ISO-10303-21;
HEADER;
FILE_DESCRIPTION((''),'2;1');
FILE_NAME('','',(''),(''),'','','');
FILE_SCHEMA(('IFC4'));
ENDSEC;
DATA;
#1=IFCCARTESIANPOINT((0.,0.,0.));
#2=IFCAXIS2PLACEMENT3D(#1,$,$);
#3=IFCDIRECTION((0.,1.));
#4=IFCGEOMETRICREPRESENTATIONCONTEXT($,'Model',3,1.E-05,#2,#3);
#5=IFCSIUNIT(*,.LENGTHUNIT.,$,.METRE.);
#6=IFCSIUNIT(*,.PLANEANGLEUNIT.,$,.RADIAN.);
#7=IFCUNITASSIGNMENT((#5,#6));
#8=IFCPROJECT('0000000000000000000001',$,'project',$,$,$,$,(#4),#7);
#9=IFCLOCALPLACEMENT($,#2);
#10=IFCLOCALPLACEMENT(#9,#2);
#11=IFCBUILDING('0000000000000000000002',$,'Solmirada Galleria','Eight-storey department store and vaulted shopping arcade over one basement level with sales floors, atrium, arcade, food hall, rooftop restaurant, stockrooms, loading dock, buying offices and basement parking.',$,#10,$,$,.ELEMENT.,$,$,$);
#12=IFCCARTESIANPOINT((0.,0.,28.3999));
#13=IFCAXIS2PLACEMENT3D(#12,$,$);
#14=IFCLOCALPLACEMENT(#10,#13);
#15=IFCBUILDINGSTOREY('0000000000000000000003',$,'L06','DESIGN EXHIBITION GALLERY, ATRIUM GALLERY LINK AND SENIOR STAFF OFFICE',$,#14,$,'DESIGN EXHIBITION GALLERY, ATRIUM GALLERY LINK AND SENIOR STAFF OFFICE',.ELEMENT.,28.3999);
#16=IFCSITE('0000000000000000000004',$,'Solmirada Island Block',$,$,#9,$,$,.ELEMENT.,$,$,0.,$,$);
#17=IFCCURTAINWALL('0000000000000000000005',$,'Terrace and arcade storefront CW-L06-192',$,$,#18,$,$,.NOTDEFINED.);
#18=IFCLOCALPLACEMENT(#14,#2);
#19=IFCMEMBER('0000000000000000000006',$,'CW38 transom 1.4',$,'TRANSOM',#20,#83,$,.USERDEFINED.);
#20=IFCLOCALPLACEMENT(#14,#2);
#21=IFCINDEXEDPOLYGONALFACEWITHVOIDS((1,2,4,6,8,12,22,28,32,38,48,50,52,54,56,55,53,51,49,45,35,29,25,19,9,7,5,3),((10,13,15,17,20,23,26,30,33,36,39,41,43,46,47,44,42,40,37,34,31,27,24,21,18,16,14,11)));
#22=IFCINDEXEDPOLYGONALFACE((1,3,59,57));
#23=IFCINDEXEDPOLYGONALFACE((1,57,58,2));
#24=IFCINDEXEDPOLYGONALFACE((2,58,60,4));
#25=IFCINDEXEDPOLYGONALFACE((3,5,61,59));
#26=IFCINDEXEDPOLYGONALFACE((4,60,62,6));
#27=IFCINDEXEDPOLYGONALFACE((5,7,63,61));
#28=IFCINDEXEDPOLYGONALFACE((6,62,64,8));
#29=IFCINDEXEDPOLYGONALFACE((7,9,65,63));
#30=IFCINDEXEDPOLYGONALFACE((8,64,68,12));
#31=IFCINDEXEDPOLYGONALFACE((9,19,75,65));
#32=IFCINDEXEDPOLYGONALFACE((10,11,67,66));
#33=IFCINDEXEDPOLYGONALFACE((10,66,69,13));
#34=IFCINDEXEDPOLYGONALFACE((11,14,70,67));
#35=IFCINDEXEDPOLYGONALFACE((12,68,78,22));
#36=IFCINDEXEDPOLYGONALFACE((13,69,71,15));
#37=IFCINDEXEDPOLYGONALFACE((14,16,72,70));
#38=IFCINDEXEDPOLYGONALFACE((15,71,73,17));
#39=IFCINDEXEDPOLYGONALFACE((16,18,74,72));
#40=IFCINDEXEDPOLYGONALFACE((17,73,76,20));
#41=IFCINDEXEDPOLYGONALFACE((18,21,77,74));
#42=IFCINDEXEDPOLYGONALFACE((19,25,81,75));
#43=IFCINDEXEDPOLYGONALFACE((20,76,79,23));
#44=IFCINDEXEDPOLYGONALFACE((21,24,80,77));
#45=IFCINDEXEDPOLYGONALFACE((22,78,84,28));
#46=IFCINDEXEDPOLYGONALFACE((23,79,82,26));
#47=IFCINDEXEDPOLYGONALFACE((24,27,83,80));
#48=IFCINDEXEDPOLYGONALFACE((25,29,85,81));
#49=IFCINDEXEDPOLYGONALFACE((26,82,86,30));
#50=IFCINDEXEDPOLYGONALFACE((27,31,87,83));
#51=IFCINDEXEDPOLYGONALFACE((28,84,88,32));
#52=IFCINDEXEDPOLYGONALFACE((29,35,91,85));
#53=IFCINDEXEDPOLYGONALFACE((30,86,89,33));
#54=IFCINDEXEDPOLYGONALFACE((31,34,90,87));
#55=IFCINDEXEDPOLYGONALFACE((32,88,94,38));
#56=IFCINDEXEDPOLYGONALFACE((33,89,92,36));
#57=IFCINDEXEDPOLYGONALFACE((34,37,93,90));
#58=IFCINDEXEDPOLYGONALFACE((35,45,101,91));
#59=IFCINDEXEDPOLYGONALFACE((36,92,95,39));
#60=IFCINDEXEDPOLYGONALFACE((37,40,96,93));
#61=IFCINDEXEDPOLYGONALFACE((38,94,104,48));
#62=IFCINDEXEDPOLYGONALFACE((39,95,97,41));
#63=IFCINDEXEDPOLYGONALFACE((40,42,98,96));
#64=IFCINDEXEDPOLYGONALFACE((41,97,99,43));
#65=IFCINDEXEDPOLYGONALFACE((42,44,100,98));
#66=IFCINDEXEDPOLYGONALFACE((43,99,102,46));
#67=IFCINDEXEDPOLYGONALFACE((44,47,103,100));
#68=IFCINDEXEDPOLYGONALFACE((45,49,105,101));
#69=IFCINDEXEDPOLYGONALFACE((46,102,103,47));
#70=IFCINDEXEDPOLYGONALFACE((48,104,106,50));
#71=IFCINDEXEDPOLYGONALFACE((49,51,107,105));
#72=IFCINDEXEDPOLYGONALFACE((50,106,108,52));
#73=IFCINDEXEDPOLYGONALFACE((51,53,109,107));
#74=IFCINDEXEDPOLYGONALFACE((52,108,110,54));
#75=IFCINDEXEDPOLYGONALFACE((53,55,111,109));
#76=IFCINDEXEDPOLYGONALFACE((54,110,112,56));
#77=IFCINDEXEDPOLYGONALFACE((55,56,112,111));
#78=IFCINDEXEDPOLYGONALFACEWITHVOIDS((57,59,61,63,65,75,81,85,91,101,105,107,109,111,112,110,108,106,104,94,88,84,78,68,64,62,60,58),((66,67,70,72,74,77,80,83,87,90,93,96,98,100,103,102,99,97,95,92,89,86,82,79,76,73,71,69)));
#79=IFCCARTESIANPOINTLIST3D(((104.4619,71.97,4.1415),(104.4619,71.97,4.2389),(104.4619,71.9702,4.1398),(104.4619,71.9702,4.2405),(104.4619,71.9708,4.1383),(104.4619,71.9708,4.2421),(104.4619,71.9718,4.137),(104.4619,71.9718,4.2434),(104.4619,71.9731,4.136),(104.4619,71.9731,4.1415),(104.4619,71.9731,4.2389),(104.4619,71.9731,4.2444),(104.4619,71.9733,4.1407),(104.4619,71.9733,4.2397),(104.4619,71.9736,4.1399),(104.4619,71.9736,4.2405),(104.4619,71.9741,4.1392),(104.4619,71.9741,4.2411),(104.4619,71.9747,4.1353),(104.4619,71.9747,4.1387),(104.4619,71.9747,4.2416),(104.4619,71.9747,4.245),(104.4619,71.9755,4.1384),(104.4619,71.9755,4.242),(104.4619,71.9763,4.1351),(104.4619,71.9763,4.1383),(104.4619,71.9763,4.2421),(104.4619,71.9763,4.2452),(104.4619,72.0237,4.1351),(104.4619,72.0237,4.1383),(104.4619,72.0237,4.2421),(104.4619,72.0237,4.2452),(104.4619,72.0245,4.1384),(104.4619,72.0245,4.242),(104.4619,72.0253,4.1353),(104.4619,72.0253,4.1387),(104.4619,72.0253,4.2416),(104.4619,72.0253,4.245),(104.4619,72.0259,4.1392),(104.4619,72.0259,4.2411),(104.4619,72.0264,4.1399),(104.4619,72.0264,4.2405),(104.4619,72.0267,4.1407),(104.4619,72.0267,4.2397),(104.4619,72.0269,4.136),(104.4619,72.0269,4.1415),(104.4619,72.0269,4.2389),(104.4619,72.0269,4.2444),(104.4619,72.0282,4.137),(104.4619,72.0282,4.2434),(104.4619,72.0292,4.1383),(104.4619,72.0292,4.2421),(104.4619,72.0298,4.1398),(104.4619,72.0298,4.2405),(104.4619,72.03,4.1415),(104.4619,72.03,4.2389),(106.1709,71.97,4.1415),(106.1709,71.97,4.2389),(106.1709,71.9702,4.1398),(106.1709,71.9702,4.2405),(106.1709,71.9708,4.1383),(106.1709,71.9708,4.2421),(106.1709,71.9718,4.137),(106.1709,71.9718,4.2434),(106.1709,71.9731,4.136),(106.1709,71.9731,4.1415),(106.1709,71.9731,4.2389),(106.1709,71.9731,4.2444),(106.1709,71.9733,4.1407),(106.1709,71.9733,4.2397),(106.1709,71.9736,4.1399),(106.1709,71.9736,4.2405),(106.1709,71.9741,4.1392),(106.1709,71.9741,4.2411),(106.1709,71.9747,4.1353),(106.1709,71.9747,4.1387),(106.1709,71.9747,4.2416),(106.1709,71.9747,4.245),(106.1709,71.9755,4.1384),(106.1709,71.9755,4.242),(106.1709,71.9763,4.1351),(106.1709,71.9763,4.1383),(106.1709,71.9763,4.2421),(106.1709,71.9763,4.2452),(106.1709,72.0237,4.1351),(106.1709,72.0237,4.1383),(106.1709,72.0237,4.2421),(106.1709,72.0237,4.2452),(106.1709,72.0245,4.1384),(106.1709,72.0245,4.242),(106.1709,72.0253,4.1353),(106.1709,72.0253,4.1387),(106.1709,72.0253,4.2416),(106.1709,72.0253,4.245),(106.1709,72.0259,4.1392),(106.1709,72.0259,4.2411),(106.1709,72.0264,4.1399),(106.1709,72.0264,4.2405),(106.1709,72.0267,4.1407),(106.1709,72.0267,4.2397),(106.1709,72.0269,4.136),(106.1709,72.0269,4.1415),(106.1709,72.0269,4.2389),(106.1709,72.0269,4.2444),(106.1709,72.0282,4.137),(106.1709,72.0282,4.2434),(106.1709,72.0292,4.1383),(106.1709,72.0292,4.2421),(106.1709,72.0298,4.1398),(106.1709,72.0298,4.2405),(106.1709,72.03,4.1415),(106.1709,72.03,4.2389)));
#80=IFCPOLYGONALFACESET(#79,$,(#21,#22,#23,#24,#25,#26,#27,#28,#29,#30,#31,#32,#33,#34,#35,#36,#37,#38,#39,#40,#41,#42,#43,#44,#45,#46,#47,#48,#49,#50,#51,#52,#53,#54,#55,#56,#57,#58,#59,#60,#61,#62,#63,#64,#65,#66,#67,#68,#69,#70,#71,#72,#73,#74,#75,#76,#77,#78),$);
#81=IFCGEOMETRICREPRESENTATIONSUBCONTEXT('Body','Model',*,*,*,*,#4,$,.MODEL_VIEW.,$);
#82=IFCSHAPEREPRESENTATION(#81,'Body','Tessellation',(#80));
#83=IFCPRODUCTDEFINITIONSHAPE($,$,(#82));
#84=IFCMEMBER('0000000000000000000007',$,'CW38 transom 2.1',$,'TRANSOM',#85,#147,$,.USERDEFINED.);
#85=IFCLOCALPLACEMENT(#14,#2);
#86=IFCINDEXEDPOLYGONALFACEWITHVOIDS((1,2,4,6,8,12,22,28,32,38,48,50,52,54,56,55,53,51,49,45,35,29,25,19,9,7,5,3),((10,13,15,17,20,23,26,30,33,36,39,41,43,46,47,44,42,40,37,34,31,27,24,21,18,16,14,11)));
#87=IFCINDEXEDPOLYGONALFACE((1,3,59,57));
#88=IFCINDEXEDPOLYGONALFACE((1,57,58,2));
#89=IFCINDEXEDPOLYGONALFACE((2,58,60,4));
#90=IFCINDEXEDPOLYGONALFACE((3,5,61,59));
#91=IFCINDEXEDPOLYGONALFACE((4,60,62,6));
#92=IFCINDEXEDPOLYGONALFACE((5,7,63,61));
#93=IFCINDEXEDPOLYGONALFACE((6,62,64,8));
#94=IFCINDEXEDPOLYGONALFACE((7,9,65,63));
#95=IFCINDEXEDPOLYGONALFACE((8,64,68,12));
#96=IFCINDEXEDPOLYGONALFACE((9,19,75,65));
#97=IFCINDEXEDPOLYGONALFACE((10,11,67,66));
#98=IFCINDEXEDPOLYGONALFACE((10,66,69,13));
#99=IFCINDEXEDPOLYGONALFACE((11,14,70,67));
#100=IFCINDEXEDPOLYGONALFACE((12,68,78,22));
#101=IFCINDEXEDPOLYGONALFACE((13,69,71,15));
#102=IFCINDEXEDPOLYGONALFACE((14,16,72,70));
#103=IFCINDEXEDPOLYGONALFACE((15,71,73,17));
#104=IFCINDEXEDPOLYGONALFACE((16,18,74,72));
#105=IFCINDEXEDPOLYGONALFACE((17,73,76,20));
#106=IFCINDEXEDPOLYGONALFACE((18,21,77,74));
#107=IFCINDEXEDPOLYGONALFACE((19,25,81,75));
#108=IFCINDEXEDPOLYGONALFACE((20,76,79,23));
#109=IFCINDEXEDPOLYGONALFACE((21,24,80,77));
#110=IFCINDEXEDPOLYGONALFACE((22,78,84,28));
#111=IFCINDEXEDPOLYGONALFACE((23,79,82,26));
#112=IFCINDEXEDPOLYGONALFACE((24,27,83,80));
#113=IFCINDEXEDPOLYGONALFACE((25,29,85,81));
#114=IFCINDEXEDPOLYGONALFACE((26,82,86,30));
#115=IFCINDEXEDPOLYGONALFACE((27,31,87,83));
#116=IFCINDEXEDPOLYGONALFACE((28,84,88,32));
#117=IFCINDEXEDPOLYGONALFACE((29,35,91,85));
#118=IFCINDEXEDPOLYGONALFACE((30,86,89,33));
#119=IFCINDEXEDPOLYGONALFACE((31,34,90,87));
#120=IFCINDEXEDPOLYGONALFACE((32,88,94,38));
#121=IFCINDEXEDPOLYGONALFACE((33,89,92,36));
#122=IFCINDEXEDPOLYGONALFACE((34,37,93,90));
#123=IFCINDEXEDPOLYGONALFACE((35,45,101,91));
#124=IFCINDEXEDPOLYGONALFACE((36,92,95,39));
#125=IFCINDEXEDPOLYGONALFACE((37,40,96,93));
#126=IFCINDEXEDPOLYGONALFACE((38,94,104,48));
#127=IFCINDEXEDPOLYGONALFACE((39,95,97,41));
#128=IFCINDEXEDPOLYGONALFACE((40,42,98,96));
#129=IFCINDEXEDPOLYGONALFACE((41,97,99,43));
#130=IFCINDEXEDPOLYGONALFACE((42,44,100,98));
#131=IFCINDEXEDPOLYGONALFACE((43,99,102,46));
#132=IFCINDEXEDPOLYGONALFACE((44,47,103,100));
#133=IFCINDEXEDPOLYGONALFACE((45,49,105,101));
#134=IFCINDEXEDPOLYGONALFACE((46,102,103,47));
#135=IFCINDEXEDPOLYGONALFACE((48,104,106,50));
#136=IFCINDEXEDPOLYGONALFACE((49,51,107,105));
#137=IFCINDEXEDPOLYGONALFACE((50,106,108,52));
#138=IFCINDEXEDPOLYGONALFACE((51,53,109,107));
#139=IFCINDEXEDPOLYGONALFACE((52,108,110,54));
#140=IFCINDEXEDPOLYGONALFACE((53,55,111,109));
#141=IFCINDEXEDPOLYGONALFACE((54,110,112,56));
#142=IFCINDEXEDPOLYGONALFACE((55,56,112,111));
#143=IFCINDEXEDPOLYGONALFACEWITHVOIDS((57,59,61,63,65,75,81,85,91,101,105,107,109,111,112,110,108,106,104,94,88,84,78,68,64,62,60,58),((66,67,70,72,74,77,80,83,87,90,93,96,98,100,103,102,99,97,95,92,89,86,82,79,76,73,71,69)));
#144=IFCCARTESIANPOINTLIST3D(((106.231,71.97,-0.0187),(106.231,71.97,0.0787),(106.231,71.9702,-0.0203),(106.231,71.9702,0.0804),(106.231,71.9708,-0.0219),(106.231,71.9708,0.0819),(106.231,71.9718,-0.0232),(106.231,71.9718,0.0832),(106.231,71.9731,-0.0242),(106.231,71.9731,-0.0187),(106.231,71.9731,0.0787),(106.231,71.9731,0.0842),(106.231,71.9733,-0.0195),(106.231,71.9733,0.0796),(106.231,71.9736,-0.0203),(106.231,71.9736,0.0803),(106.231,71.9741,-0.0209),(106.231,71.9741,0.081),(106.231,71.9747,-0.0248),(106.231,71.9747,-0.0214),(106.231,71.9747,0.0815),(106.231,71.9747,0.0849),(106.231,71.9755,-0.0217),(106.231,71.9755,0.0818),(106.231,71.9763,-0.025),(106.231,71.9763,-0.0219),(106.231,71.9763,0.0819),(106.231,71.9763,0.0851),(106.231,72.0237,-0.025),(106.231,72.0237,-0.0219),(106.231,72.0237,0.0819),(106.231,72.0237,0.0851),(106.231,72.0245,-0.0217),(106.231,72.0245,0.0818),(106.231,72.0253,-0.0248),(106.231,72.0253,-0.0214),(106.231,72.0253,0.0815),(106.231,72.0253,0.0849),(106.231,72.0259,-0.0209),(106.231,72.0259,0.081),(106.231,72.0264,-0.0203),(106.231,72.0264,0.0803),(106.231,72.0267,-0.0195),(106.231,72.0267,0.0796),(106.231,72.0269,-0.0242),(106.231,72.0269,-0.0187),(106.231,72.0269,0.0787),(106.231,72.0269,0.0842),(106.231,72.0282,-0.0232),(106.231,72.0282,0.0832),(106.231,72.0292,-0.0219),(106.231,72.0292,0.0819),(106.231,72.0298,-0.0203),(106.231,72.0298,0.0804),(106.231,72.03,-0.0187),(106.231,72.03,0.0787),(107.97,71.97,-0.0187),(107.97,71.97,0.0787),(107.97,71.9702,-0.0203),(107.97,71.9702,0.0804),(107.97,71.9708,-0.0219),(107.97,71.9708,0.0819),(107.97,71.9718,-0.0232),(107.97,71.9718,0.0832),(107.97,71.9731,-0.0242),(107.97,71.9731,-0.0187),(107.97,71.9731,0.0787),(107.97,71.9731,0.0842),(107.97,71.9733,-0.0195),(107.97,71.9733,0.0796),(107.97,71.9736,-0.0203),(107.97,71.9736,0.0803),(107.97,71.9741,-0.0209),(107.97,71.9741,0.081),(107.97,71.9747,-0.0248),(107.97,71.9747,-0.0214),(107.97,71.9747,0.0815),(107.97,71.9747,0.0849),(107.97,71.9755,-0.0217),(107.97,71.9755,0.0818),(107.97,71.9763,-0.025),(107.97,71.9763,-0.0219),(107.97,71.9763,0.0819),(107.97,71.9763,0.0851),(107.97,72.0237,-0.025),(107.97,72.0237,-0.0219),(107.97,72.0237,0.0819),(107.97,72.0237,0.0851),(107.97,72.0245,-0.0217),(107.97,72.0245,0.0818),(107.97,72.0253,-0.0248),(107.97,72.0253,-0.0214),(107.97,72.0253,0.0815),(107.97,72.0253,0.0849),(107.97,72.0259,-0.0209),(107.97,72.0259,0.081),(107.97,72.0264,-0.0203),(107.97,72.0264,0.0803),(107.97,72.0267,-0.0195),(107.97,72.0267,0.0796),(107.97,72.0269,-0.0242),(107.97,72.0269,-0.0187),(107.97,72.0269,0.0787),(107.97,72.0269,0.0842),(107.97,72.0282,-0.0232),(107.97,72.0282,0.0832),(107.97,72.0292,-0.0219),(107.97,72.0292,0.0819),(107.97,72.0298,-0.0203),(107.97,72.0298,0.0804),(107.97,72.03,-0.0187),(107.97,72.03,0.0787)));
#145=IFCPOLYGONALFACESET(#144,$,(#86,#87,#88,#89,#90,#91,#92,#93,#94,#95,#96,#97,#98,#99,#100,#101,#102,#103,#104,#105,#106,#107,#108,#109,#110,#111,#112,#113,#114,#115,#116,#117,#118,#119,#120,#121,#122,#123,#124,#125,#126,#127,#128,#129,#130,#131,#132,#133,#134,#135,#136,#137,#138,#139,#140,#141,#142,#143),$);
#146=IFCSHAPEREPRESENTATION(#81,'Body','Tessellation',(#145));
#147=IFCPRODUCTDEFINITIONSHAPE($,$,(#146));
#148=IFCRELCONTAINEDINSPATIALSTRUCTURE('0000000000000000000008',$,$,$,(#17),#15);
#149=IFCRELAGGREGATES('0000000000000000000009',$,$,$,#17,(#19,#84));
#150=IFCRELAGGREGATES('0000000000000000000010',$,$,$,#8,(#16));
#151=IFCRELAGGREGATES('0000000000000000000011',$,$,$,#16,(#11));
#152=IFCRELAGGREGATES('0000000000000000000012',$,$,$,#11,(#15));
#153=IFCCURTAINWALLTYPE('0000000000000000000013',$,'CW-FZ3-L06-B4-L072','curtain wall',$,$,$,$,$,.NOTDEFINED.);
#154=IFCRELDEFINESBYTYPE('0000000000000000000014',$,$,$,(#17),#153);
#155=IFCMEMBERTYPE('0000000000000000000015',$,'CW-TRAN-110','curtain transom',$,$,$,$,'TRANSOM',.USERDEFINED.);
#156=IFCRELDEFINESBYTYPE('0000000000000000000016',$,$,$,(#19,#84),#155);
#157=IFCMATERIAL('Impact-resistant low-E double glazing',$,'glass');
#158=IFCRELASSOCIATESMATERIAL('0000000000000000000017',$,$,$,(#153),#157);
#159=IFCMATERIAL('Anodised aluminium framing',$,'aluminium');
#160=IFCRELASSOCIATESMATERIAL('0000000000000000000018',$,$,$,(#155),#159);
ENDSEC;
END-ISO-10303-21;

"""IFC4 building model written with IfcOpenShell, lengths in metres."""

from ifc_helpers import new_model, si_unit, direction, frame, origin, origin_2d, place, context, subcontext, project, spatial, hollow_rectangle, extrude, material, material_profile, profile_set, type_object, element, aggregate, save


model = new_model("IFC4")

# Units and contexts
model_context = context("Model", 3, precision=1e-05, world=origin(), true_north=direction((0.0, 1.0)))
body_context = subcontext(model_context, "Body", "Model", "MODEL_VIEW")
ifc_project = project(units=[si_unit("LENGTHUNIT", "METRE"), si_unit("PLANEANGLEUNIT", "RADIAN")], contexts=[model_context])

# Site, building, storey
site_placement = place(None, origin())
site = spatial("IfcSite", under=ifc_project, at=site_placement, Name="Solmirada Island Block", CompositionType="ELEMENT", RefElevation=0.0)
building_placement = place(site_placement, origin())
building = spatial("IfcBuilding", under=site, at=building_placement, Name="Solmirada Galleria", Description="Eight-storey department store and vaulted shopping arcade over one basement level with sales floors, atrium, arcade, food hall, rooftop restaurant, stockrooms, loading dock, buying offices and basement parking.", CompositionType="ELEMENT")
storey_placement = place(building_placement, frame((0.0, 0.0, 28.3999)))
storey = spatial("IfcBuildingStorey", under=building, at=storey_placement, Name="L06", Description="DESIGN EXHIBITION GALLERY, ATRIUM GALLERY LINK AND SENIOR STAFF OFFICE", LongName="DESIGN EXHIBITION GALLERY, ATRIUM GALLERY LINK AND SENIOR STAFF OFFICE", CompositionType="ELEMENT", Elevation=28.3999)

# Curtain wall
ifc_material_1 = material(Name="Impact-resistant low-E double glazing", Category="glass")
curtain_wall_type = type_object("IfcCurtainWallType", Name="CW-FZ3-L06-B4-L072", Description="curtain wall", PredefinedType="NOTDEFINED", material=ifc_material_1)
ifc_material_2 = material(Name="Anodised aluminium framing", Category="aluminium")
curtain_wall_1_placement = place(storey_placement, origin())
curtain_wall_1 = element("IfcCurtainWall", 1, at=curtain_wall_1_placement, inside=storey, type_object=curtain_wall_type, Name="Terrace and arcade storefront CW-L06-192", PredefinedType="NOTDEFINED")

# Members
ifc_material_profile_1 = material_profile(ifc_material_2, hollow_rectangle(XDim=0.0601, YDim=0.1101, WallThickness=0.0032, InnerFilletRadius=0.0032, OuterFilletRadius=0.0063, at=origin_2d()), Name="ALU-TRAN-110X60")
ifc_profile_set_1 = profile_set([ifc_material_profile_1], Name="Anodised aluminium framing")
member_type_1 = type_object("IfcMemberType", Name="CW-TRAN-110", Description="curtain transom", ElementType="TRANSOM", PredefinedType="USERDEFINED", material=ifc_profile_set_1)
member_1_placement = place(storey_placement, frame((104.4619, 72.0, 4.1902), z_axis=(1.0, 0.0, 0.0), x_axis=(0.0, 1.0, 0.0)))
member_1 = element("IfcMember", 2, at=member_1_placement, type_object=member_type_1, Name="CW38 transom 1.4", ObjectType="TRANSOM", PredefinedType="USERDEFINED", context=body_context, shape_type="SweptSolid", body=[
    extrude(hollow_rectangle(XDim=0.0601, YDim=0.1101, WallThickness=0.0032, InnerFilletRadius=0.0032, OuterFilletRadius=0.0063, at=origin_2d()), origin(), (0.0, 0.0, 1.0), 1.709),
])
member_2_placement = place(storey_placement, frame((106.231, 72.0, 0.03), z_axis=(1.0, 0.0, 0.0), x_axis=(0.0, 1.0, 0.0)))
member_2 = element("IfcMember", 3, at=member_2_placement, type_object=member_type_1, Name="CW38 transom 2.1", ObjectType="TRANSOM", PredefinedType="USERDEFINED", context=body_context, shape_type="SweptSolid", body=[
    extrude(hollow_rectangle(XDim=0.0601, YDim=0.1101, WallThickness=0.0032, InnerFilletRadius=0.0032, OuterFilletRadius=0.0063, at=origin_2d()), origin(), (0.0, 0.0, 1.0), 1.739),
])

aggregate(curtain_wall_1, [member_1, member_2])

save(model, "model.ifc")
